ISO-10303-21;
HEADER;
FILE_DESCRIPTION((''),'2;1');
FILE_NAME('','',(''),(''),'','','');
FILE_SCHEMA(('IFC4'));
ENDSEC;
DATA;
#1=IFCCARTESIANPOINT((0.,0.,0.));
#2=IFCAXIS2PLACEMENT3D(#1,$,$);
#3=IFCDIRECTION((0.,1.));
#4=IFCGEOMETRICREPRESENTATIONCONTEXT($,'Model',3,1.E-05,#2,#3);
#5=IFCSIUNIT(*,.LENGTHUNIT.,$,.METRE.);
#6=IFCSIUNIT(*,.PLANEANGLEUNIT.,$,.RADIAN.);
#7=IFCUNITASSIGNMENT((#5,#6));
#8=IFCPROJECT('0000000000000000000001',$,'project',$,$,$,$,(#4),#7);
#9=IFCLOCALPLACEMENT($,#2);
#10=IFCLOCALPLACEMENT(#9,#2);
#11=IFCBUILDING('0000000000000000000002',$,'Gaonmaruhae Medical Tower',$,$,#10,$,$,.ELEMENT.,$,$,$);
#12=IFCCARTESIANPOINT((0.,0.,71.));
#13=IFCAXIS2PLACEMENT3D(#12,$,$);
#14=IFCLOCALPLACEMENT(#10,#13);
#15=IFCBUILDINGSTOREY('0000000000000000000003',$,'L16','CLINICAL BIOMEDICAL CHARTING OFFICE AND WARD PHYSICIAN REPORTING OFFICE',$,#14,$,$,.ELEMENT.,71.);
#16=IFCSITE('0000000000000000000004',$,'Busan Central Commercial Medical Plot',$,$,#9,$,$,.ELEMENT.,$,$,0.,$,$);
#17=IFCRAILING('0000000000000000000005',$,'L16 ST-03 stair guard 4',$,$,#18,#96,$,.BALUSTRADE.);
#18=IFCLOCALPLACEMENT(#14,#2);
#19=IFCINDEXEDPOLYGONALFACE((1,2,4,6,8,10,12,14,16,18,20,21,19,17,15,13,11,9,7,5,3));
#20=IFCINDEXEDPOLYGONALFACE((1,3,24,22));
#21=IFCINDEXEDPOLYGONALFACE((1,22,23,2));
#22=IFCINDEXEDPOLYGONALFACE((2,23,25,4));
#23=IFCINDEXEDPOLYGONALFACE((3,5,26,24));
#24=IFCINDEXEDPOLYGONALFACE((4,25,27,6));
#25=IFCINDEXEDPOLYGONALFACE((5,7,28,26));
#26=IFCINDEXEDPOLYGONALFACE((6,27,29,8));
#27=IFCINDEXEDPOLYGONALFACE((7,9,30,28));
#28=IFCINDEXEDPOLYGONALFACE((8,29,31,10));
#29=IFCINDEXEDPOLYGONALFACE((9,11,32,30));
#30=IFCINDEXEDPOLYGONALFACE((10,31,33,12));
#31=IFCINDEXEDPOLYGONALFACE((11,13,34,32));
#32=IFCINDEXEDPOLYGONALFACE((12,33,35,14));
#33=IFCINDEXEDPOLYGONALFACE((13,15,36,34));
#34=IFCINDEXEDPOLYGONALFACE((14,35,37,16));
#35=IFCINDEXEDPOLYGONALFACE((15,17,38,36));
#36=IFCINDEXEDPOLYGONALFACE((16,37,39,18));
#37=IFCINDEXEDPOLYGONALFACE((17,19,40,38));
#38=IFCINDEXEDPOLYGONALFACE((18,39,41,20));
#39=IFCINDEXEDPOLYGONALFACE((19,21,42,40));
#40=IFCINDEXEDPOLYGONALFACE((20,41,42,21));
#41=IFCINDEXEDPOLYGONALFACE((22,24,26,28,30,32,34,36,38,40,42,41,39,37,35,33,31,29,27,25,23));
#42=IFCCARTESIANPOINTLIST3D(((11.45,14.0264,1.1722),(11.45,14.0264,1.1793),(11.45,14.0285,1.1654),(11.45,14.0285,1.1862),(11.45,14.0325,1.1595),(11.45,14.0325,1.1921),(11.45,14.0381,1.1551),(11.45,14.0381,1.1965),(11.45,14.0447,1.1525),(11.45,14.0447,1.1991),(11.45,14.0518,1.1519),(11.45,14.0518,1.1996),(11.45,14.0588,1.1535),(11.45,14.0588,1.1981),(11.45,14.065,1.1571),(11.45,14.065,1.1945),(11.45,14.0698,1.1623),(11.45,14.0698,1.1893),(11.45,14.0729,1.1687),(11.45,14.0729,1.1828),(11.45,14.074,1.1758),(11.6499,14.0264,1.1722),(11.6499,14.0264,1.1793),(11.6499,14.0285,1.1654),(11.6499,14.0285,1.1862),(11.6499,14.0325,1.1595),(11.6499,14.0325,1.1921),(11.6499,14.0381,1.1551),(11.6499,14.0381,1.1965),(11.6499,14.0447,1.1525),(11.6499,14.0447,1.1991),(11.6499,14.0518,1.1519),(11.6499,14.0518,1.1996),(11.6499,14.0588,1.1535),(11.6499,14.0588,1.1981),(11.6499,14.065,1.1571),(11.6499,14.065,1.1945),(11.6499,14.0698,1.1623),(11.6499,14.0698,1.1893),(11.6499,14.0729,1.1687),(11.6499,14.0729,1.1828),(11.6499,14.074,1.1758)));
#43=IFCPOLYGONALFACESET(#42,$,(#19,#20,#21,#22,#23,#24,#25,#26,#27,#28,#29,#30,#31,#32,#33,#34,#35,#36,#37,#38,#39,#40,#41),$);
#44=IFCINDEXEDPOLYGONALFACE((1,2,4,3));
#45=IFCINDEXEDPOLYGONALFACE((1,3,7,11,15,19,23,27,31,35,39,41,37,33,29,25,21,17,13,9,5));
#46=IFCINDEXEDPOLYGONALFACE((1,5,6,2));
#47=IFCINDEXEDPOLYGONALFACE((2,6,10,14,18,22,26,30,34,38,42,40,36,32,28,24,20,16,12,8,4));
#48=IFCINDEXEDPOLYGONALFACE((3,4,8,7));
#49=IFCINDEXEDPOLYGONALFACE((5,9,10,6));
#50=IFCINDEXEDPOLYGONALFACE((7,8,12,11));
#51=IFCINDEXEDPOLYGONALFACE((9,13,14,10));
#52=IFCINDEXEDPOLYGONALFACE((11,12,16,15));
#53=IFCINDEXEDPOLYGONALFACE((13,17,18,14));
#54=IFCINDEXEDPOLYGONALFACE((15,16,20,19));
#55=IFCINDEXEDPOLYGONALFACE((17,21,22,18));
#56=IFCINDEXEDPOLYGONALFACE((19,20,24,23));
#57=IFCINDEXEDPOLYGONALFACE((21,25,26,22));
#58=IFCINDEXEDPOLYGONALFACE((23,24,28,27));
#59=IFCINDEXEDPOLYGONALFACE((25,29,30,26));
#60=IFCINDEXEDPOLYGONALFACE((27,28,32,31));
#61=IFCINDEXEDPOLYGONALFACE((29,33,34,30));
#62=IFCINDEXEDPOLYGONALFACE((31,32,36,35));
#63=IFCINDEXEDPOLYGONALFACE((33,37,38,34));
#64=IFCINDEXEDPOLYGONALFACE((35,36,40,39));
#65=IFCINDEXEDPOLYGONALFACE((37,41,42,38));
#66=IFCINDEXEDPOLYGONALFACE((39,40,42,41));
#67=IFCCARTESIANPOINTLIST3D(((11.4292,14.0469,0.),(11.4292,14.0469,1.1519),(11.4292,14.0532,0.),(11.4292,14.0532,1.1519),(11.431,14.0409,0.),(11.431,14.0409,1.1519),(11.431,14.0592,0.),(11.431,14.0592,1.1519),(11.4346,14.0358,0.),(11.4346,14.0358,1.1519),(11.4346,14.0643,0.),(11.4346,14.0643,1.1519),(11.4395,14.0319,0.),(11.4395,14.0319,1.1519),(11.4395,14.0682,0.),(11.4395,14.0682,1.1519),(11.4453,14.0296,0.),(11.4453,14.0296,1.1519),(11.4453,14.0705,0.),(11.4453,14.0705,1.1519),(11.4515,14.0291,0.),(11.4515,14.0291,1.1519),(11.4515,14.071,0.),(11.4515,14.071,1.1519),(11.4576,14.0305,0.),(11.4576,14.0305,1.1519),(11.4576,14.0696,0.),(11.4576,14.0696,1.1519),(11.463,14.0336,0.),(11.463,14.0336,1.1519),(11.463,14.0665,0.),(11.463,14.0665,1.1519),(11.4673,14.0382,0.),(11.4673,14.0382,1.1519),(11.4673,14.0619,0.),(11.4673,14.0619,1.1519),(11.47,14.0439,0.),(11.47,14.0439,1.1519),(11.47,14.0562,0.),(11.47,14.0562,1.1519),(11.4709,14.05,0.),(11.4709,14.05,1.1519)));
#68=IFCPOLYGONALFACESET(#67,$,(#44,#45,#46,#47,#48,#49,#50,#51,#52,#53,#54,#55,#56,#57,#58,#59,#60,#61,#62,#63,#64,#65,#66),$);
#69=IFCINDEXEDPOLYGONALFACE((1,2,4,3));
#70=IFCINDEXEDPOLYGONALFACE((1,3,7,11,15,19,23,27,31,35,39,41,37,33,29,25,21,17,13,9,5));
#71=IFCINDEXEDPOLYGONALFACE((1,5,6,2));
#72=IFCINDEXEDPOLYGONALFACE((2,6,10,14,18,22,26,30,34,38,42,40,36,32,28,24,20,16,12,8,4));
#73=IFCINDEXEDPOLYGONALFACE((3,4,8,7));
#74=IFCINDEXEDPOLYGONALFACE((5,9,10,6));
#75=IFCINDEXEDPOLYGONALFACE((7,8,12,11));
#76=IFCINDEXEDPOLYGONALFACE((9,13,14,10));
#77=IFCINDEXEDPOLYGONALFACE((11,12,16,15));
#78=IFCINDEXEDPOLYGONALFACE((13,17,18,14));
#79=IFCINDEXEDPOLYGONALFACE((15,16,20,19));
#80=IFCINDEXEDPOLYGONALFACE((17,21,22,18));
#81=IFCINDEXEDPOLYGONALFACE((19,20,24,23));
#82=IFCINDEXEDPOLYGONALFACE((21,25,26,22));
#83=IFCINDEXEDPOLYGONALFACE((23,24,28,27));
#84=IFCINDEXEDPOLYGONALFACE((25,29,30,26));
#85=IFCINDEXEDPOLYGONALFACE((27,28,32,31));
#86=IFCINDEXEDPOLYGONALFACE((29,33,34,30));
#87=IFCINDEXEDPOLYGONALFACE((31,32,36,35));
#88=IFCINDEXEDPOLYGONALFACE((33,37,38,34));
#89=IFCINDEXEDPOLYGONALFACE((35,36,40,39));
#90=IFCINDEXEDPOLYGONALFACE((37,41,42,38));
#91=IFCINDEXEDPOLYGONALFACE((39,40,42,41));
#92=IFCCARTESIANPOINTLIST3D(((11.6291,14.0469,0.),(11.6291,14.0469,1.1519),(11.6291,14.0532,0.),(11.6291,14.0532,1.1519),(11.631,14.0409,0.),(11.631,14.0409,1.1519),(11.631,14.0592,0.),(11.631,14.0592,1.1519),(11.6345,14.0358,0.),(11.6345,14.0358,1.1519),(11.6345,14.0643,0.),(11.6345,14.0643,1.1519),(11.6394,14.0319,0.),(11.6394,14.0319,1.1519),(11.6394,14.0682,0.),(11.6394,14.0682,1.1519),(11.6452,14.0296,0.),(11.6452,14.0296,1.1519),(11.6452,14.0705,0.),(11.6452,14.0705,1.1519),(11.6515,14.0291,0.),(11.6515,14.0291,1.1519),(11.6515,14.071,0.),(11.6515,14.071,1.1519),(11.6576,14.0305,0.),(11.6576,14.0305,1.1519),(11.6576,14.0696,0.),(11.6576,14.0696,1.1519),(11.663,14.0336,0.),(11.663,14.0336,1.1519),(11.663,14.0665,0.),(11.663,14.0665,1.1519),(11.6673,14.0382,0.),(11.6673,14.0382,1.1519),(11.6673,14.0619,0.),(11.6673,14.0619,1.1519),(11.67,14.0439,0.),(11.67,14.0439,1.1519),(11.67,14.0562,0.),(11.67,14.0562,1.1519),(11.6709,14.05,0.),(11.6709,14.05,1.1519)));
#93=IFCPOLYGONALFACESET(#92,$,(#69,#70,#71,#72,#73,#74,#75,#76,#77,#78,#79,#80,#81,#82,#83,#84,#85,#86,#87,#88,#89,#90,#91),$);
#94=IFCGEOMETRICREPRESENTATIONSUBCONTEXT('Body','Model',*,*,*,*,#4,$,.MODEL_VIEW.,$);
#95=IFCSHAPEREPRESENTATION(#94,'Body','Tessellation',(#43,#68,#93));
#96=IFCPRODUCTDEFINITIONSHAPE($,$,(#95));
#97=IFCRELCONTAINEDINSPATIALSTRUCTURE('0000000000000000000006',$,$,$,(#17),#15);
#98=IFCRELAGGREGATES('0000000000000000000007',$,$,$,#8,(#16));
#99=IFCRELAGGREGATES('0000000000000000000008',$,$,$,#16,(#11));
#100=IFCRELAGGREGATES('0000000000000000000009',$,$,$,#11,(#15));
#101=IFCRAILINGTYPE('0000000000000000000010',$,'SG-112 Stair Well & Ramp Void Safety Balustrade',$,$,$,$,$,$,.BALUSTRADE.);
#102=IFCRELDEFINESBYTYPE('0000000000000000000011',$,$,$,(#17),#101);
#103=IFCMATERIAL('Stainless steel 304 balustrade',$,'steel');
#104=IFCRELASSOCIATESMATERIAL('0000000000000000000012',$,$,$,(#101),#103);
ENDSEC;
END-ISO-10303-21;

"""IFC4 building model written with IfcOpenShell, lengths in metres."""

from ifc_helpers import new_model, si_unit, direction, frame, origin, origin_2d, place, context, subcontext, project, spatial, circle, extrude, material, type_object, element, save


model = new_model("IFC4")

# Units and contexts
model_context = context("Model", 3, precision=1e-05, world=origin(), true_north=direction((0.0, 1.0)))
body_context = subcontext(model_context, "Body", "Model", "MODEL_VIEW")
ifc_project = project(units=[si_unit("LENGTHUNIT", "METRE"), si_unit("PLANEANGLEUNIT", "RADIAN")], contexts=[model_context])

# Site, building, storey
site_placement = place(None, origin())
site = spatial("IfcSite", under=ifc_project, at=site_placement, Name="Busan Central Commercial Medical Plot", CompositionType="ELEMENT", RefElevation=0.0)
building_placement = place(site_placement, origin())
building = spatial("IfcBuilding", under=site, at=building_placement, Name="Gaonmaruhae Medical Tower", CompositionType="ELEMENT")
storey_placement = place(building_placement, frame((0.0, 0.0, 71.0)))
storey = spatial("IfcBuildingStorey", under=building, at=storey_placement, Name="L16", Description="CLINICAL BIOMEDICAL CHARTING OFFICE AND WARD PHYSICIAN REPORTING OFFICE", CompositionType="ELEMENT", Elevation=71.0)

# Railing
ifc_material_1 = material(Name="Stainless steel 304 balustrade", Category="steel")
railing_type_1 = type_object("IfcRailingType", Name="SG-112 Stair Well & Ramp Void Safety Balustrade", PredefinedType="BALUSTRADE", material=ifc_material_1)
railing_1_placement = place(storey_placement, frame((11.45, 14.05, 0.0)))
element("IfcRailing", 1, at=railing_1_placement, inside=storey, type_object=railing_type_1, Name="L16 ST-03 stair guard 4", PredefinedType="BALUSTRADE", context=body_context, shape_type="SweptSolid", body=[
    extrude(circle(Radius=0.0239, at=origin_2d()), frame((0.0, 0.0, 1.1758), z_axis=(1.0, 0.0, 0.0), x_axis=(0.0, 1.0, 0.0)), (0.0, 0.0, 1.0), 0.2),
    extrude(circle(Radius=0.021, at=origin_2d()), origin(), (0.0, 0.0, 1.0), 1.1519),
    extrude(circle(Radius=0.021, at=origin_2d()), frame((0.2, 0.0, 0.0)), (0.0, 0.0, 1.0), 1.1519),
])

save(model, "model.ifc")
